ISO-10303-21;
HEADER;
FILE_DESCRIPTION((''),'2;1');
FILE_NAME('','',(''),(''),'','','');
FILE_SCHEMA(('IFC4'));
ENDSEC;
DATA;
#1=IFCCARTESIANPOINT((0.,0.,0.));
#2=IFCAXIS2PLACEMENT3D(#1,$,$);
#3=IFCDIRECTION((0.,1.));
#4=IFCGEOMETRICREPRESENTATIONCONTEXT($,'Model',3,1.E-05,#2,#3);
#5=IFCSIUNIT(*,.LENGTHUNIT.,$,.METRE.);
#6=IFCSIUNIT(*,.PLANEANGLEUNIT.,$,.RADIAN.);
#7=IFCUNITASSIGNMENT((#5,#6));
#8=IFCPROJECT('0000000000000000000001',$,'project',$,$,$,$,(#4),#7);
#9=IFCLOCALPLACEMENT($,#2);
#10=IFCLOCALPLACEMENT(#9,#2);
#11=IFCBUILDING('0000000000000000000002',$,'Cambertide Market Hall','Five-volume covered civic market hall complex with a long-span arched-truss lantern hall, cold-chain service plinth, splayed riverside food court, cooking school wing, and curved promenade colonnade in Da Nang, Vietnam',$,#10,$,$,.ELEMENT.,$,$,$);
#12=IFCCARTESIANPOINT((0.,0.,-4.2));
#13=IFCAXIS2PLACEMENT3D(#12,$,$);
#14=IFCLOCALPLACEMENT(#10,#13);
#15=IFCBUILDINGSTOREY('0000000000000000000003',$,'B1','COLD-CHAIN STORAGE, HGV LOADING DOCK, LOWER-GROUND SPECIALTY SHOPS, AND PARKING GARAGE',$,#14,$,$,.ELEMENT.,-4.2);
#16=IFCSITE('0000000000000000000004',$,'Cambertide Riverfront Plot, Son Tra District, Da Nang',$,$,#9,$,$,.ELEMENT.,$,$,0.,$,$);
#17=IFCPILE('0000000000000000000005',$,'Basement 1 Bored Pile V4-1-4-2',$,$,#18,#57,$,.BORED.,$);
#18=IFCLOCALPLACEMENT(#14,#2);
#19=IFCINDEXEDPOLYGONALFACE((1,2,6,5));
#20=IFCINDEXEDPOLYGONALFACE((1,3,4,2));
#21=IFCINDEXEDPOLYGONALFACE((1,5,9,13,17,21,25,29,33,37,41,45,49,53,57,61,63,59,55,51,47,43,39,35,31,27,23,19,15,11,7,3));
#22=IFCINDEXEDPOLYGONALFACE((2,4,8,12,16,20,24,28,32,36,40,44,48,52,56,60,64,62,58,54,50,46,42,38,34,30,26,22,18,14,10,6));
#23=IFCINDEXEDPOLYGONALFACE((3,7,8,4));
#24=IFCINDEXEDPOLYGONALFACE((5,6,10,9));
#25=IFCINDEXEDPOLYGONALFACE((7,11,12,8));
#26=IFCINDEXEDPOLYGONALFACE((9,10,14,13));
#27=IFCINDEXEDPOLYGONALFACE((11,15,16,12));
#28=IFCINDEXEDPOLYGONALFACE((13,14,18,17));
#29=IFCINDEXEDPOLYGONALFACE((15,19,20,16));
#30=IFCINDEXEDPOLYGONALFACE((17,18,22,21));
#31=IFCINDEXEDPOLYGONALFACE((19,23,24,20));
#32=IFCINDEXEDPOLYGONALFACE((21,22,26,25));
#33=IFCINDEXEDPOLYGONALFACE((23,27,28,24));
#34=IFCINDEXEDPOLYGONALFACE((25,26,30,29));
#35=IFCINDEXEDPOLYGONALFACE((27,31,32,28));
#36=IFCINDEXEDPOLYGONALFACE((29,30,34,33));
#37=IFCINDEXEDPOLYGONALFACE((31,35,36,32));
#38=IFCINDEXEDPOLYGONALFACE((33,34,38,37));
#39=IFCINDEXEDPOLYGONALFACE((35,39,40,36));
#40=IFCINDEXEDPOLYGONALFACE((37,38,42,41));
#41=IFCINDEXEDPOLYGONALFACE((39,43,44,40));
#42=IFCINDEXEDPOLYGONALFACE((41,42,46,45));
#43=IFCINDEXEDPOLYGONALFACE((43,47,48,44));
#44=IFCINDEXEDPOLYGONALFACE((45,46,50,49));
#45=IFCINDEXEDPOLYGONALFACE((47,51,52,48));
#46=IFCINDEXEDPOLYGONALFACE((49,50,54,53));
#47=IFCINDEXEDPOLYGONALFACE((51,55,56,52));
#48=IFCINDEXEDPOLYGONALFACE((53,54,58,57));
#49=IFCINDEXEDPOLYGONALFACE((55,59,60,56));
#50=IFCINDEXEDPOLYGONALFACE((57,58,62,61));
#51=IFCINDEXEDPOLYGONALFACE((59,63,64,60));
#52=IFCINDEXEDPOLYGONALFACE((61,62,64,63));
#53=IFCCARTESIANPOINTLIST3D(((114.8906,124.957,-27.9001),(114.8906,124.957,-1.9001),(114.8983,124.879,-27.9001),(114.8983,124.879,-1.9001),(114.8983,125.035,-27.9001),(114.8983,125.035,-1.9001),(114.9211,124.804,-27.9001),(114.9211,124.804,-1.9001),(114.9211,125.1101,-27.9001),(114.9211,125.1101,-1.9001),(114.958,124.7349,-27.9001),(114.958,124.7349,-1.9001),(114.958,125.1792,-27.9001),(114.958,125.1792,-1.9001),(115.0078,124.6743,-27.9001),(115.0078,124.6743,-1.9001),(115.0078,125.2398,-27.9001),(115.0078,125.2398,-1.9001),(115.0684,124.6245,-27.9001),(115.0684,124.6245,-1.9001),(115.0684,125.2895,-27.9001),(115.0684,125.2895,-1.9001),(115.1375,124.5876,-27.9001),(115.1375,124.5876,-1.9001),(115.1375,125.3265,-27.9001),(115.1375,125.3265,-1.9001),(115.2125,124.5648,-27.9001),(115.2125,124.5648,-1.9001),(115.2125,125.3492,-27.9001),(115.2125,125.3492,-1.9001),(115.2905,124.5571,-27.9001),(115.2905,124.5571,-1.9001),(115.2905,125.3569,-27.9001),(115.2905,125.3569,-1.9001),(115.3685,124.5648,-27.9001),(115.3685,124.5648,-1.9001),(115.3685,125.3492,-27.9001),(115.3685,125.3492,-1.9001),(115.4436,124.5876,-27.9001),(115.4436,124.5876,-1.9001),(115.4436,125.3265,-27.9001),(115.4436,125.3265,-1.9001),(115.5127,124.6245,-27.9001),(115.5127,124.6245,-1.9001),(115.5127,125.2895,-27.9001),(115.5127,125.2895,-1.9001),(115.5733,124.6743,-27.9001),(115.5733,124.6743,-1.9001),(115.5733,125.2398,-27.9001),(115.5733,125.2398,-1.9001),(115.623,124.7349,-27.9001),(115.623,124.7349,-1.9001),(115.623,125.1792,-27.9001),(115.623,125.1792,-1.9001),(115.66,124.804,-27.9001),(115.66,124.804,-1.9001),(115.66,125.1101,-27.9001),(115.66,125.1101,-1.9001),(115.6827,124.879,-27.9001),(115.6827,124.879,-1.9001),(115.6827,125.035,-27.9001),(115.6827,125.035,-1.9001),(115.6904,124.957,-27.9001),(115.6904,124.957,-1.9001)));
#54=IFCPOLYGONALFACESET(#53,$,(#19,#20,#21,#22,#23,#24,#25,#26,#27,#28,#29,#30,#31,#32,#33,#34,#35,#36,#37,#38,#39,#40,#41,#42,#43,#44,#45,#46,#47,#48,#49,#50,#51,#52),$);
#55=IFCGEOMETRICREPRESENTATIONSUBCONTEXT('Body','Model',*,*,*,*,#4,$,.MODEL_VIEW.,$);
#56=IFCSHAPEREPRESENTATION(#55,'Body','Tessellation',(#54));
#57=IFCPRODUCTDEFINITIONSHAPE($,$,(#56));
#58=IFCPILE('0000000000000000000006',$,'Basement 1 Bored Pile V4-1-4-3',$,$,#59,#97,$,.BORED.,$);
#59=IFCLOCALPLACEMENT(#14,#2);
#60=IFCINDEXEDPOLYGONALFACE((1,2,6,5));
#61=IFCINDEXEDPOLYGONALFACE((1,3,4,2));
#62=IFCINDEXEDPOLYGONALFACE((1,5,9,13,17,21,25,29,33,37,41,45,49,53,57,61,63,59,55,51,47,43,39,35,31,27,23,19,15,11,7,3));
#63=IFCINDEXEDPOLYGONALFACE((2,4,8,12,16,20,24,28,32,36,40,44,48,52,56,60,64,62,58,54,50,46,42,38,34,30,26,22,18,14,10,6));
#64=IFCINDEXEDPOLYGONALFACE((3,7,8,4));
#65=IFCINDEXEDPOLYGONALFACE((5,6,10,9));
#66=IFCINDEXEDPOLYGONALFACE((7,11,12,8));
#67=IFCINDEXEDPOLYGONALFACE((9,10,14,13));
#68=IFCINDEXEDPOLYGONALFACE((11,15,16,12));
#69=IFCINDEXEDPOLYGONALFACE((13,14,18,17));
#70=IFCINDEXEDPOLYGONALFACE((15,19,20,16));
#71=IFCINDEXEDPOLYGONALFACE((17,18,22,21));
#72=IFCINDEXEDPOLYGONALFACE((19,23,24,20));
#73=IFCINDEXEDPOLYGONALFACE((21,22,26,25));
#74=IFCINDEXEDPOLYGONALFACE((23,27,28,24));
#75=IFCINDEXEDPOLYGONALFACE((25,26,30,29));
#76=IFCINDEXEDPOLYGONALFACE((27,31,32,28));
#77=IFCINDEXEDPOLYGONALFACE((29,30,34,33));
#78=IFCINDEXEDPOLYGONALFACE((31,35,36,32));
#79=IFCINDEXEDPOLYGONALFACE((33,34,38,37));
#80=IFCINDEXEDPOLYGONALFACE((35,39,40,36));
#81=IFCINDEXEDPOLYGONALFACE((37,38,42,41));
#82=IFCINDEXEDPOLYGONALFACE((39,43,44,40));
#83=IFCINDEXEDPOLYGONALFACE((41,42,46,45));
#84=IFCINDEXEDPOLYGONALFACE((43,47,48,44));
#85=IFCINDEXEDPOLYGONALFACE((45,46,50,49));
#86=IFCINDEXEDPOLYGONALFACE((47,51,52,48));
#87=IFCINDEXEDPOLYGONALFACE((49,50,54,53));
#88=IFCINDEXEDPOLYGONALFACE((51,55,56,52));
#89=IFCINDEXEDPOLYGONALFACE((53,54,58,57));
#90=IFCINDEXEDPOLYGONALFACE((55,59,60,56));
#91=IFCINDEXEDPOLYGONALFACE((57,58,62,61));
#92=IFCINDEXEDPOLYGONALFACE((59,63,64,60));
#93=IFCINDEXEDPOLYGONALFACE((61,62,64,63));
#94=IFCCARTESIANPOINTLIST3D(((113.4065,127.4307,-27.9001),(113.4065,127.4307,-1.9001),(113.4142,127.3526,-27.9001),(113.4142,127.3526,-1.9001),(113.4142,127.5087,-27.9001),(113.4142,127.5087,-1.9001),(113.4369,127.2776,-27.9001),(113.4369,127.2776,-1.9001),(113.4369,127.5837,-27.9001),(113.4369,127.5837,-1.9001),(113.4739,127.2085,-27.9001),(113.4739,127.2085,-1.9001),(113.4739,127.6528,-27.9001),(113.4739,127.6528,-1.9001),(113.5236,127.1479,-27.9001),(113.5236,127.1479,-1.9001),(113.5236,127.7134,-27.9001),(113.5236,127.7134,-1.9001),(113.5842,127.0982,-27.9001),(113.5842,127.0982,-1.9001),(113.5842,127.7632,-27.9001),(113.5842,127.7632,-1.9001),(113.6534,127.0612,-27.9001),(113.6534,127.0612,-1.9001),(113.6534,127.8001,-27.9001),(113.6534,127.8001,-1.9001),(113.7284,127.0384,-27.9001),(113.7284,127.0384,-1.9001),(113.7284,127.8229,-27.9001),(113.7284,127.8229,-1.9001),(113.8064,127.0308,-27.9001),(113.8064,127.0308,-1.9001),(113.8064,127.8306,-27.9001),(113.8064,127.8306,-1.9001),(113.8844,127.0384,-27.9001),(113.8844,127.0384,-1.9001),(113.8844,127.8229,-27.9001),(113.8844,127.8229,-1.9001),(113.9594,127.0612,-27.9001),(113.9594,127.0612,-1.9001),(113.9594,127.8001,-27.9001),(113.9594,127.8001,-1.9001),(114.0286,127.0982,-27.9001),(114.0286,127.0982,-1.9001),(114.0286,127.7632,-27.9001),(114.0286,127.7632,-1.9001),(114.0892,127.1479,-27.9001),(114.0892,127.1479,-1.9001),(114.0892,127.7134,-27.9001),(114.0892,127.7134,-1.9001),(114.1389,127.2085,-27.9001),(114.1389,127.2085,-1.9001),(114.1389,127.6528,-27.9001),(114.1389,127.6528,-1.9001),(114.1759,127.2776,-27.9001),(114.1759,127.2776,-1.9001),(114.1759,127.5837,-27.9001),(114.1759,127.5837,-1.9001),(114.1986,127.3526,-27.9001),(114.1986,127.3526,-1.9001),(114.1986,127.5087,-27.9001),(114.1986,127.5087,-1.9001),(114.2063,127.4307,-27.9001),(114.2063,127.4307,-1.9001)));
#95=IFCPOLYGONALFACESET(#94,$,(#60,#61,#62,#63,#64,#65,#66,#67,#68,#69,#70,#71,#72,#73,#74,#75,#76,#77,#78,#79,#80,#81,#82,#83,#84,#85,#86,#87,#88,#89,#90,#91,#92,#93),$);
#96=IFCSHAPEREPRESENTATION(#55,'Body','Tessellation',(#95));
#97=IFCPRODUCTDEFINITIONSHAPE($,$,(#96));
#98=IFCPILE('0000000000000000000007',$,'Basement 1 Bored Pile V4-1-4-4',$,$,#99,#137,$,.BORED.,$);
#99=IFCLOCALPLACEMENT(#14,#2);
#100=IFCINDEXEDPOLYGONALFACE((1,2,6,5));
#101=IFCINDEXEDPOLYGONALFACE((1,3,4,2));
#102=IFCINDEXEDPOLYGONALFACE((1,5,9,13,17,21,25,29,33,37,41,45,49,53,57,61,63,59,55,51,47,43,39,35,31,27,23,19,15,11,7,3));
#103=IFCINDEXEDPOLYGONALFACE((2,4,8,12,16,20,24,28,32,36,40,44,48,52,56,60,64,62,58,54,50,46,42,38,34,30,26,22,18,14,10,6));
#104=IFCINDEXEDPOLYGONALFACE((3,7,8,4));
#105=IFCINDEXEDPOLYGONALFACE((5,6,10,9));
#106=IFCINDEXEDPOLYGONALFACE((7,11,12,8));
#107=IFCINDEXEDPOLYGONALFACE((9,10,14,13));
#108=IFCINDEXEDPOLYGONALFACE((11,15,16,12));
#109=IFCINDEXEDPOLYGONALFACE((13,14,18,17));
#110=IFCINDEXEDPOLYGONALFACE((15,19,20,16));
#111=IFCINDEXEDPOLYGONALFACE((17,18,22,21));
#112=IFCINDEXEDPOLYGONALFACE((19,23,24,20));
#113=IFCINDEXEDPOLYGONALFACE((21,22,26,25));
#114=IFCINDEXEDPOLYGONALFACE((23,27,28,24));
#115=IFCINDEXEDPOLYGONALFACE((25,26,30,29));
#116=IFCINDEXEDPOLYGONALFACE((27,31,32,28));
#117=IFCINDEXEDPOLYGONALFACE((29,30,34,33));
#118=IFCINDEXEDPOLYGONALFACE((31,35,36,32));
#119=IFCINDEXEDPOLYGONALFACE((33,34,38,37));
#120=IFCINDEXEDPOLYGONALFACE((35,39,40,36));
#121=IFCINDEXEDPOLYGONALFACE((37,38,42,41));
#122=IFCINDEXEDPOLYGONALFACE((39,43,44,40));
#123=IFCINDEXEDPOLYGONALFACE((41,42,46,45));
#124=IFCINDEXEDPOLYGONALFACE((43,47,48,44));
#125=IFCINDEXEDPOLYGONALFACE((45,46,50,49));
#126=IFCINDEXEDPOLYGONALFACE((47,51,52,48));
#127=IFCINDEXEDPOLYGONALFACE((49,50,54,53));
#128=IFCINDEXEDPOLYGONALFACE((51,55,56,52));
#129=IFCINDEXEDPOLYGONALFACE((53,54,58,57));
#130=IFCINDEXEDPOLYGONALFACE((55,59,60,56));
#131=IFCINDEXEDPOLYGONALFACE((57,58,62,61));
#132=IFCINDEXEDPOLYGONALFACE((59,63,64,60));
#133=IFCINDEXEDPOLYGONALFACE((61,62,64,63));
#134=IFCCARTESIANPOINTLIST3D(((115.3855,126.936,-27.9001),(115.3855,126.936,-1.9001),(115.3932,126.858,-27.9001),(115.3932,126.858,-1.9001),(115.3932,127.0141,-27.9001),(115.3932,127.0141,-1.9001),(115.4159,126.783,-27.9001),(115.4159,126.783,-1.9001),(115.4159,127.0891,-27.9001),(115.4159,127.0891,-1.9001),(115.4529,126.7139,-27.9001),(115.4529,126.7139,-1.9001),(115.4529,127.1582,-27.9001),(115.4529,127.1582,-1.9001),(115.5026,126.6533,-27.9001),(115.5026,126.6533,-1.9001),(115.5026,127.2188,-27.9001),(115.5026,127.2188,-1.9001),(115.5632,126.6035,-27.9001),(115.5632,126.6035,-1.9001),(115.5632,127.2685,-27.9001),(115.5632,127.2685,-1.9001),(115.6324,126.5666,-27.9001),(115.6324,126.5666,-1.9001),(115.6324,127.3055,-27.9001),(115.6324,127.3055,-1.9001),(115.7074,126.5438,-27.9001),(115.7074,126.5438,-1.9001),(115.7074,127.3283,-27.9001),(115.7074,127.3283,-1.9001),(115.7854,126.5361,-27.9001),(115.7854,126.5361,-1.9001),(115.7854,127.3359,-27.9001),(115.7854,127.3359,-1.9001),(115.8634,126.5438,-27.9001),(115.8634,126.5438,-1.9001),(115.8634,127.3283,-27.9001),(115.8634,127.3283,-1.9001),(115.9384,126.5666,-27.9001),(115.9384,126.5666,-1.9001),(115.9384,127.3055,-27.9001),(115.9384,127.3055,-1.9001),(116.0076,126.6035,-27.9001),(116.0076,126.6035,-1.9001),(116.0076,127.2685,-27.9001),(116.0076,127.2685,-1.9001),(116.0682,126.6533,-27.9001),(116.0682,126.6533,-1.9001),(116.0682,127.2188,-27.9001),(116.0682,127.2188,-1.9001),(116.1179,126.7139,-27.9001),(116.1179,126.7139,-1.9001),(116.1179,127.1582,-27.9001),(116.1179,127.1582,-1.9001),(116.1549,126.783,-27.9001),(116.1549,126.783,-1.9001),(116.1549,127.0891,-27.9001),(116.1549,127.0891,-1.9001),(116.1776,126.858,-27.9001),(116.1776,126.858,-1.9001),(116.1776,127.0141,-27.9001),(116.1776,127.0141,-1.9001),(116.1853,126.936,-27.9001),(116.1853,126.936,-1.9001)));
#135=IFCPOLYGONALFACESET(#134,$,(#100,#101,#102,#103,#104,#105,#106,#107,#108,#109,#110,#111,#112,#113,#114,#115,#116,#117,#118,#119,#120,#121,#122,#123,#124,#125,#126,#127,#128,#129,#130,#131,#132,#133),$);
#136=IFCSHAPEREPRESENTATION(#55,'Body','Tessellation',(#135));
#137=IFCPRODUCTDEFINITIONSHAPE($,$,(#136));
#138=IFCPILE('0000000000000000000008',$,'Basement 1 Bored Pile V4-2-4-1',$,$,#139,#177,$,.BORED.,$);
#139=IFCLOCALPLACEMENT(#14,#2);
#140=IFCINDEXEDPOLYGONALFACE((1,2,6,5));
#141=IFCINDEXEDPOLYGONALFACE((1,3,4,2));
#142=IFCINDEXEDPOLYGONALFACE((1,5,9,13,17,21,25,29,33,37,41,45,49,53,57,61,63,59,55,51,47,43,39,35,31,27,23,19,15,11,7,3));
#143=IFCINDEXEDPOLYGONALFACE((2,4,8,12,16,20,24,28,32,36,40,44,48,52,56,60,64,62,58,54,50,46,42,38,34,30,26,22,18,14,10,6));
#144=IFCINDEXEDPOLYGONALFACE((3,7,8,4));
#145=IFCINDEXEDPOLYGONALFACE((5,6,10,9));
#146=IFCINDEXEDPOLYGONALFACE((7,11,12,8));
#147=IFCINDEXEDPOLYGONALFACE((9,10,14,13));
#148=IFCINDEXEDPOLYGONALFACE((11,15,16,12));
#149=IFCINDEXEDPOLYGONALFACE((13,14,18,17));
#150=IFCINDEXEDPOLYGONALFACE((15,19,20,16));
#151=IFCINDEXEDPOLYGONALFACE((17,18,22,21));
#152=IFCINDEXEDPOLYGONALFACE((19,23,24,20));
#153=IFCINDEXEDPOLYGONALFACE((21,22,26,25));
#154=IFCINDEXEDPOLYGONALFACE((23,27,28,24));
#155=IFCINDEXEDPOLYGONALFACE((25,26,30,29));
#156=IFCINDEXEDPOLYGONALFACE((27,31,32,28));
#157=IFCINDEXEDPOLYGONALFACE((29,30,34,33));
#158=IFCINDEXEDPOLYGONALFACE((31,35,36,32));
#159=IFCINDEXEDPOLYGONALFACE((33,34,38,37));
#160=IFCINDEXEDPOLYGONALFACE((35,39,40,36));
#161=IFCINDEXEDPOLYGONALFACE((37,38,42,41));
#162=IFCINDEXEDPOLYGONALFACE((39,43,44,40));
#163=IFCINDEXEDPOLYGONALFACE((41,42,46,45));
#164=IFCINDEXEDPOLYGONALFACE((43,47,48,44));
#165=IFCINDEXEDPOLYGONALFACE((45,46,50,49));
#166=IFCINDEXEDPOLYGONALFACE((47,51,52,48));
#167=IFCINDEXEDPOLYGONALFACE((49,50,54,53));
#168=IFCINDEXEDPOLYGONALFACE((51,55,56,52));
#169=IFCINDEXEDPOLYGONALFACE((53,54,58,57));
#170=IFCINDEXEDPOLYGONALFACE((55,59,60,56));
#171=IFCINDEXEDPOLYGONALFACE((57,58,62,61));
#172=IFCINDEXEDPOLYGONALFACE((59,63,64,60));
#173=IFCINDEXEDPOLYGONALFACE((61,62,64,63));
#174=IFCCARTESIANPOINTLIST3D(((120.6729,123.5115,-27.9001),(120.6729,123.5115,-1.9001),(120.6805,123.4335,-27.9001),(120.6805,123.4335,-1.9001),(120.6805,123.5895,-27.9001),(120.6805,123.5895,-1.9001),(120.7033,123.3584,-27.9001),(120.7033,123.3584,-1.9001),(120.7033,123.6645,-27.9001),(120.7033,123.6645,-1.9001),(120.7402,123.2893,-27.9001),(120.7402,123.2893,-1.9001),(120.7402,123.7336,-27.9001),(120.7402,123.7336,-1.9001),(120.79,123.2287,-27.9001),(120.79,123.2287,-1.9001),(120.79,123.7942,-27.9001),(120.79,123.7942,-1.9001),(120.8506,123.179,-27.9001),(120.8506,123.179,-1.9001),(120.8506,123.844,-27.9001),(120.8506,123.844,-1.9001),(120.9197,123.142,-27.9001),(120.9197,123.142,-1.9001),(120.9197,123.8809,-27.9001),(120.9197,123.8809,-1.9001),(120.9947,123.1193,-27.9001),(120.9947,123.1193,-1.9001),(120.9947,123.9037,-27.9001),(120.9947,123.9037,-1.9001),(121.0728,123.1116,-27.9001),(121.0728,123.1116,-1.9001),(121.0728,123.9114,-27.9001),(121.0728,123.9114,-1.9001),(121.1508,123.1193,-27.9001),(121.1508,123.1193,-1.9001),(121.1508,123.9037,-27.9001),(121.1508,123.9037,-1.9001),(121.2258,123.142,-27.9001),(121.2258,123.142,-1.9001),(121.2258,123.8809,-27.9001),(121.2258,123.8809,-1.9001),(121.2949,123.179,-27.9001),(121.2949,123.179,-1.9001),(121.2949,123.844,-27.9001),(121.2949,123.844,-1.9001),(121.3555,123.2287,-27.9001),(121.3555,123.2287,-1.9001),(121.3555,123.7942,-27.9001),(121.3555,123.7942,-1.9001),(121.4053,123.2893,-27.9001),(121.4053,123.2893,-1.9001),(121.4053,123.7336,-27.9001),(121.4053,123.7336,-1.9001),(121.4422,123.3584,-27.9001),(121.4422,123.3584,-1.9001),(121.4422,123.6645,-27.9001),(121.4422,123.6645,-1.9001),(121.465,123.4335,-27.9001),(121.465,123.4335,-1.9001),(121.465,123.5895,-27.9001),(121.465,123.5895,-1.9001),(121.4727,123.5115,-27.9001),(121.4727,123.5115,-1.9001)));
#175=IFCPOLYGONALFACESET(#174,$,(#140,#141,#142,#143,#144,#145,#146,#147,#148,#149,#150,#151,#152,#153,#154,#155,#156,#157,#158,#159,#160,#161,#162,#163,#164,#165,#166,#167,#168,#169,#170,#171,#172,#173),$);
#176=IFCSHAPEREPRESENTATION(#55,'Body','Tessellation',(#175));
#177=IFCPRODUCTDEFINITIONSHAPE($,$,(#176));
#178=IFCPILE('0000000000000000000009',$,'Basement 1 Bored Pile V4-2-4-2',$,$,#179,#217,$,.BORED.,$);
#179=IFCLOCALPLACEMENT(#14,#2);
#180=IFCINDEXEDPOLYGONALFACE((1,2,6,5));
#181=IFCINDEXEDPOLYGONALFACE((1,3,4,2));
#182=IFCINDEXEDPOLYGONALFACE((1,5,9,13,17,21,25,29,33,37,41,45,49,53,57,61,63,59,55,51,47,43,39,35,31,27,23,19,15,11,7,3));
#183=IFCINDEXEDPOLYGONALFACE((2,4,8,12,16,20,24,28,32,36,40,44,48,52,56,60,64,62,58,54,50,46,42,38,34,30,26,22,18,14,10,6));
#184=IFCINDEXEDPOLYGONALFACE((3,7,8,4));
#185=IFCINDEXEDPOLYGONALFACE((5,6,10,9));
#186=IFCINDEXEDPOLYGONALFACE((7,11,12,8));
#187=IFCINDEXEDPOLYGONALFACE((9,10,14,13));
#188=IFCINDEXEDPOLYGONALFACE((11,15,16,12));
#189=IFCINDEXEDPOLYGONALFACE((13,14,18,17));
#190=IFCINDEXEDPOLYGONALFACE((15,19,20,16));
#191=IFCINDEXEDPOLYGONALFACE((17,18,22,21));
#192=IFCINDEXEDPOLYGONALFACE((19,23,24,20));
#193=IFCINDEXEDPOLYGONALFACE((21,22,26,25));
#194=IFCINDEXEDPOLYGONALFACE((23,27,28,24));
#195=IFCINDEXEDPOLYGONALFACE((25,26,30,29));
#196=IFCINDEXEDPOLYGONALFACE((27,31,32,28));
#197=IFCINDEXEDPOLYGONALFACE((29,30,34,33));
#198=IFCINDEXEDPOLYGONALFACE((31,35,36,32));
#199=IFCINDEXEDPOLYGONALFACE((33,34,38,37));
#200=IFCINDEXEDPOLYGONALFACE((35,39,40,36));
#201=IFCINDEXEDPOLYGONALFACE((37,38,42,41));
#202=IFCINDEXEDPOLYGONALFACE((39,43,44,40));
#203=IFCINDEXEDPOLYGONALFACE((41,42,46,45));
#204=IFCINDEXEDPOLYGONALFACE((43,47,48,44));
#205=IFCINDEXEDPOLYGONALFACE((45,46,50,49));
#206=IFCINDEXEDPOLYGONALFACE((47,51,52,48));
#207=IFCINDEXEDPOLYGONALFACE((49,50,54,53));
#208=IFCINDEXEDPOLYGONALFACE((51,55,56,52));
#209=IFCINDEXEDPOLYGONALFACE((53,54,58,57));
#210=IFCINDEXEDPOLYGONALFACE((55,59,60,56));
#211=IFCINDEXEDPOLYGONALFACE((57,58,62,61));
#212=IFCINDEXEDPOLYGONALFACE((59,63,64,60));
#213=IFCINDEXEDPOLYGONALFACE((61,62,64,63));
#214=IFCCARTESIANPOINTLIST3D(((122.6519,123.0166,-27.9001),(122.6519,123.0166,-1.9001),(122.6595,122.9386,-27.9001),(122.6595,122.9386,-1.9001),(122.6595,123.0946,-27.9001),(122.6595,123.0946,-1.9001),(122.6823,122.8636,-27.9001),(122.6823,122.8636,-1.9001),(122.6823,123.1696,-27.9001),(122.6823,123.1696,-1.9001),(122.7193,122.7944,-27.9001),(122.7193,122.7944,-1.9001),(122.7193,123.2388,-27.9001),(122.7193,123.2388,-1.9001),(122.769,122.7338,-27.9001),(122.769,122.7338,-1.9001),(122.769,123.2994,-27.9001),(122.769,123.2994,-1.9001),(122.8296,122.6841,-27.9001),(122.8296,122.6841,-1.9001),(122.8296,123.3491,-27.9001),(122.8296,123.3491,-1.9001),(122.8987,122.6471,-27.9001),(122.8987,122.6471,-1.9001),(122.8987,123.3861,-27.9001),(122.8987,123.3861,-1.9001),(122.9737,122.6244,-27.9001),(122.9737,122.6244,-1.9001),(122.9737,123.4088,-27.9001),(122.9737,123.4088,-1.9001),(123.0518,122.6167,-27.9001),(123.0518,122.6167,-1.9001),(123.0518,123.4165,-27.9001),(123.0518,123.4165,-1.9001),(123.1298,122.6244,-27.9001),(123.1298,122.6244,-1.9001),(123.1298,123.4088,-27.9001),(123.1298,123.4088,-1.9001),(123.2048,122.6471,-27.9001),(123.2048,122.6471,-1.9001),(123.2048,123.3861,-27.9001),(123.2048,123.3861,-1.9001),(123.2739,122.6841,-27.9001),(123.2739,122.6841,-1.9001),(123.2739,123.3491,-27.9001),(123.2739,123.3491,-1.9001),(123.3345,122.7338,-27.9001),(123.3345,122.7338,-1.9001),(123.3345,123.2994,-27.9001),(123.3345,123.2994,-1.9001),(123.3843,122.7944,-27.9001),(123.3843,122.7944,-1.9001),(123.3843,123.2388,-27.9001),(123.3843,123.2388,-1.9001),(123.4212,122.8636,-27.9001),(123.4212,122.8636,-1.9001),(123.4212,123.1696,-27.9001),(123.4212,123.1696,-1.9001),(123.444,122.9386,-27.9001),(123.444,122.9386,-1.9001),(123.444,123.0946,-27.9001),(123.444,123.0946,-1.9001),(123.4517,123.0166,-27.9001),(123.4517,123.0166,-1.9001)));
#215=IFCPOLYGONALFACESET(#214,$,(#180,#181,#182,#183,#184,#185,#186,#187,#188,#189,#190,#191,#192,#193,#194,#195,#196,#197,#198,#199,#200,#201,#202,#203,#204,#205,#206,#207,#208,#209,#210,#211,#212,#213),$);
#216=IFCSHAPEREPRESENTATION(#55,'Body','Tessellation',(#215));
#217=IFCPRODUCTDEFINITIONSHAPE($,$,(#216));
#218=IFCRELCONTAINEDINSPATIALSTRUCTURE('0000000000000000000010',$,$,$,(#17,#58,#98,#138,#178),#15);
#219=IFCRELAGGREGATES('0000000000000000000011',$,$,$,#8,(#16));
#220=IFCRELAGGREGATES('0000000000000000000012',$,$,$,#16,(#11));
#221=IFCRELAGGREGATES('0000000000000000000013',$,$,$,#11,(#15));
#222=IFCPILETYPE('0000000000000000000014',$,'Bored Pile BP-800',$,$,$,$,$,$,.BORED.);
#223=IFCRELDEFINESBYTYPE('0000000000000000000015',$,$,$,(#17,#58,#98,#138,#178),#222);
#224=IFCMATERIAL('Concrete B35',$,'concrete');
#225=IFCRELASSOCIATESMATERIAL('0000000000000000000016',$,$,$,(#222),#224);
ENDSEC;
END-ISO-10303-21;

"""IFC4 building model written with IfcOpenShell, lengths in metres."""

from ifc_helpers import new_model, si_unit, direction, frame, origin, origin_2d, place, context, subcontext, project, spatial, circle, extrude, material, material_profile, profile_set, type_object, element, save


model = new_model("IFC4")

# Units and contexts
model_context = context("Model", 3, precision=1e-05, world=origin(), true_north=direction((0.0, 1.0)))
body_context = subcontext(model_context, "Body", "Model", "MODEL_VIEW")
ifc_project = project(units=[si_unit("LENGTHUNIT", "METRE"), si_unit("PLANEANGLEUNIT", "RADIAN")], contexts=[model_context])

# Site, building, storey
site_placement = place(None, origin())
site = spatial("IfcSite", under=ifc_project, at=site_placement, Name="Cambertide Riverfront Plot, Son Tra District, Da Nang", CompositionType="ELEMENT", RefElevation=0.0)
building_placement = place(site_placement, origin())
building = spatial("IfcBuilding", under=site, at=building_placement, Name="Cambertide Market Hall", Description="Five-volume covered civic market hall complex with a long-span arched-truss lantern hall, cold-chain service plinth, splayed riverside food court, cooking school wing, and curved promenade colonnade in Da Nang, Vietnam", CompositionType="ELEMENT")
storey_placement = place(building_placement, frame((0.0, 0.0, -4.2)))
storey = spatial("IfcBuildingStorey", under=building, at=storey_placement, Name="B1", Description="COLD-CHAIN STORAGE, HGV LOADING DOCK, LOWER-GROUND SPECIALTY SHOPS, AND PARKING GARAGE", CompositionType="ELEMENT", Elevation=-4.2)

# Piles
ifc_material_1 = material(Name="Concrete B35", Category="concrete")
ifc_material_profile_1 = material_profile(ifc_material_1, circle(Radius=0.3999, at=origin_2d()), Name="BP D800")
ifc_profile_set_1 = profile_set([ifc_material_profile_1], Name="Concrete B35")
pile_type_1 = type_object("IfcPileType", Name="Bored Pile BP-800", PredefinedType="BORED", material=ifc_profile_set_1)
for number, where, z_axis, x_axis, name in (
    (1, (115.2905, 124.957, -1.9001), (0.0, 0.0, -1.0), (1.0, 0.0, 0.0), "Basement 1 Bored Pile V4-1-4-2"),
    (2, (113.8064, 127.4307, -1.9001), (0.0, 0.0, -1.0), (1.0, 0.0, 0.0), "Basement 1 Bored Pile V4-1-4-3"),
    (3, (115.7854, 126.936, -1.9001), (0.0, 0.0, -1.0), (1.0, 0.0, 0.0), "Basement 1 Bored Pile V4-1-4-4"),
    (4, (121.0728, 123.5115, -1.9001), (0.0, 0.0, -1.0), (1.0, 0.0, 0.0), "Basement 1 Bored Pile V4-2-4-1"),
    (5, (123.0518, 123.0166, -1.9001), (0.0, 0.0, -1.0), (1.0, 0.0, 0.0), "Basement 1 Bored Pile V4-2-4-2"),
):
    element("IfcPile", number, at=place(storey_placement, frame(where, z_axis=z_axis, x_axis=x_axis)), inside=storey, type_object=pile_type_1, Name=name, PredefinedType="BORED", context=body_context, shape_type="SweptSolid", body=[
        extrude(circle(Radius=0.3999, at=origin_2d()), origin(), (0.0, 0.0, 1.0), 26.0),
    ])

save(model, "model.ifc")
